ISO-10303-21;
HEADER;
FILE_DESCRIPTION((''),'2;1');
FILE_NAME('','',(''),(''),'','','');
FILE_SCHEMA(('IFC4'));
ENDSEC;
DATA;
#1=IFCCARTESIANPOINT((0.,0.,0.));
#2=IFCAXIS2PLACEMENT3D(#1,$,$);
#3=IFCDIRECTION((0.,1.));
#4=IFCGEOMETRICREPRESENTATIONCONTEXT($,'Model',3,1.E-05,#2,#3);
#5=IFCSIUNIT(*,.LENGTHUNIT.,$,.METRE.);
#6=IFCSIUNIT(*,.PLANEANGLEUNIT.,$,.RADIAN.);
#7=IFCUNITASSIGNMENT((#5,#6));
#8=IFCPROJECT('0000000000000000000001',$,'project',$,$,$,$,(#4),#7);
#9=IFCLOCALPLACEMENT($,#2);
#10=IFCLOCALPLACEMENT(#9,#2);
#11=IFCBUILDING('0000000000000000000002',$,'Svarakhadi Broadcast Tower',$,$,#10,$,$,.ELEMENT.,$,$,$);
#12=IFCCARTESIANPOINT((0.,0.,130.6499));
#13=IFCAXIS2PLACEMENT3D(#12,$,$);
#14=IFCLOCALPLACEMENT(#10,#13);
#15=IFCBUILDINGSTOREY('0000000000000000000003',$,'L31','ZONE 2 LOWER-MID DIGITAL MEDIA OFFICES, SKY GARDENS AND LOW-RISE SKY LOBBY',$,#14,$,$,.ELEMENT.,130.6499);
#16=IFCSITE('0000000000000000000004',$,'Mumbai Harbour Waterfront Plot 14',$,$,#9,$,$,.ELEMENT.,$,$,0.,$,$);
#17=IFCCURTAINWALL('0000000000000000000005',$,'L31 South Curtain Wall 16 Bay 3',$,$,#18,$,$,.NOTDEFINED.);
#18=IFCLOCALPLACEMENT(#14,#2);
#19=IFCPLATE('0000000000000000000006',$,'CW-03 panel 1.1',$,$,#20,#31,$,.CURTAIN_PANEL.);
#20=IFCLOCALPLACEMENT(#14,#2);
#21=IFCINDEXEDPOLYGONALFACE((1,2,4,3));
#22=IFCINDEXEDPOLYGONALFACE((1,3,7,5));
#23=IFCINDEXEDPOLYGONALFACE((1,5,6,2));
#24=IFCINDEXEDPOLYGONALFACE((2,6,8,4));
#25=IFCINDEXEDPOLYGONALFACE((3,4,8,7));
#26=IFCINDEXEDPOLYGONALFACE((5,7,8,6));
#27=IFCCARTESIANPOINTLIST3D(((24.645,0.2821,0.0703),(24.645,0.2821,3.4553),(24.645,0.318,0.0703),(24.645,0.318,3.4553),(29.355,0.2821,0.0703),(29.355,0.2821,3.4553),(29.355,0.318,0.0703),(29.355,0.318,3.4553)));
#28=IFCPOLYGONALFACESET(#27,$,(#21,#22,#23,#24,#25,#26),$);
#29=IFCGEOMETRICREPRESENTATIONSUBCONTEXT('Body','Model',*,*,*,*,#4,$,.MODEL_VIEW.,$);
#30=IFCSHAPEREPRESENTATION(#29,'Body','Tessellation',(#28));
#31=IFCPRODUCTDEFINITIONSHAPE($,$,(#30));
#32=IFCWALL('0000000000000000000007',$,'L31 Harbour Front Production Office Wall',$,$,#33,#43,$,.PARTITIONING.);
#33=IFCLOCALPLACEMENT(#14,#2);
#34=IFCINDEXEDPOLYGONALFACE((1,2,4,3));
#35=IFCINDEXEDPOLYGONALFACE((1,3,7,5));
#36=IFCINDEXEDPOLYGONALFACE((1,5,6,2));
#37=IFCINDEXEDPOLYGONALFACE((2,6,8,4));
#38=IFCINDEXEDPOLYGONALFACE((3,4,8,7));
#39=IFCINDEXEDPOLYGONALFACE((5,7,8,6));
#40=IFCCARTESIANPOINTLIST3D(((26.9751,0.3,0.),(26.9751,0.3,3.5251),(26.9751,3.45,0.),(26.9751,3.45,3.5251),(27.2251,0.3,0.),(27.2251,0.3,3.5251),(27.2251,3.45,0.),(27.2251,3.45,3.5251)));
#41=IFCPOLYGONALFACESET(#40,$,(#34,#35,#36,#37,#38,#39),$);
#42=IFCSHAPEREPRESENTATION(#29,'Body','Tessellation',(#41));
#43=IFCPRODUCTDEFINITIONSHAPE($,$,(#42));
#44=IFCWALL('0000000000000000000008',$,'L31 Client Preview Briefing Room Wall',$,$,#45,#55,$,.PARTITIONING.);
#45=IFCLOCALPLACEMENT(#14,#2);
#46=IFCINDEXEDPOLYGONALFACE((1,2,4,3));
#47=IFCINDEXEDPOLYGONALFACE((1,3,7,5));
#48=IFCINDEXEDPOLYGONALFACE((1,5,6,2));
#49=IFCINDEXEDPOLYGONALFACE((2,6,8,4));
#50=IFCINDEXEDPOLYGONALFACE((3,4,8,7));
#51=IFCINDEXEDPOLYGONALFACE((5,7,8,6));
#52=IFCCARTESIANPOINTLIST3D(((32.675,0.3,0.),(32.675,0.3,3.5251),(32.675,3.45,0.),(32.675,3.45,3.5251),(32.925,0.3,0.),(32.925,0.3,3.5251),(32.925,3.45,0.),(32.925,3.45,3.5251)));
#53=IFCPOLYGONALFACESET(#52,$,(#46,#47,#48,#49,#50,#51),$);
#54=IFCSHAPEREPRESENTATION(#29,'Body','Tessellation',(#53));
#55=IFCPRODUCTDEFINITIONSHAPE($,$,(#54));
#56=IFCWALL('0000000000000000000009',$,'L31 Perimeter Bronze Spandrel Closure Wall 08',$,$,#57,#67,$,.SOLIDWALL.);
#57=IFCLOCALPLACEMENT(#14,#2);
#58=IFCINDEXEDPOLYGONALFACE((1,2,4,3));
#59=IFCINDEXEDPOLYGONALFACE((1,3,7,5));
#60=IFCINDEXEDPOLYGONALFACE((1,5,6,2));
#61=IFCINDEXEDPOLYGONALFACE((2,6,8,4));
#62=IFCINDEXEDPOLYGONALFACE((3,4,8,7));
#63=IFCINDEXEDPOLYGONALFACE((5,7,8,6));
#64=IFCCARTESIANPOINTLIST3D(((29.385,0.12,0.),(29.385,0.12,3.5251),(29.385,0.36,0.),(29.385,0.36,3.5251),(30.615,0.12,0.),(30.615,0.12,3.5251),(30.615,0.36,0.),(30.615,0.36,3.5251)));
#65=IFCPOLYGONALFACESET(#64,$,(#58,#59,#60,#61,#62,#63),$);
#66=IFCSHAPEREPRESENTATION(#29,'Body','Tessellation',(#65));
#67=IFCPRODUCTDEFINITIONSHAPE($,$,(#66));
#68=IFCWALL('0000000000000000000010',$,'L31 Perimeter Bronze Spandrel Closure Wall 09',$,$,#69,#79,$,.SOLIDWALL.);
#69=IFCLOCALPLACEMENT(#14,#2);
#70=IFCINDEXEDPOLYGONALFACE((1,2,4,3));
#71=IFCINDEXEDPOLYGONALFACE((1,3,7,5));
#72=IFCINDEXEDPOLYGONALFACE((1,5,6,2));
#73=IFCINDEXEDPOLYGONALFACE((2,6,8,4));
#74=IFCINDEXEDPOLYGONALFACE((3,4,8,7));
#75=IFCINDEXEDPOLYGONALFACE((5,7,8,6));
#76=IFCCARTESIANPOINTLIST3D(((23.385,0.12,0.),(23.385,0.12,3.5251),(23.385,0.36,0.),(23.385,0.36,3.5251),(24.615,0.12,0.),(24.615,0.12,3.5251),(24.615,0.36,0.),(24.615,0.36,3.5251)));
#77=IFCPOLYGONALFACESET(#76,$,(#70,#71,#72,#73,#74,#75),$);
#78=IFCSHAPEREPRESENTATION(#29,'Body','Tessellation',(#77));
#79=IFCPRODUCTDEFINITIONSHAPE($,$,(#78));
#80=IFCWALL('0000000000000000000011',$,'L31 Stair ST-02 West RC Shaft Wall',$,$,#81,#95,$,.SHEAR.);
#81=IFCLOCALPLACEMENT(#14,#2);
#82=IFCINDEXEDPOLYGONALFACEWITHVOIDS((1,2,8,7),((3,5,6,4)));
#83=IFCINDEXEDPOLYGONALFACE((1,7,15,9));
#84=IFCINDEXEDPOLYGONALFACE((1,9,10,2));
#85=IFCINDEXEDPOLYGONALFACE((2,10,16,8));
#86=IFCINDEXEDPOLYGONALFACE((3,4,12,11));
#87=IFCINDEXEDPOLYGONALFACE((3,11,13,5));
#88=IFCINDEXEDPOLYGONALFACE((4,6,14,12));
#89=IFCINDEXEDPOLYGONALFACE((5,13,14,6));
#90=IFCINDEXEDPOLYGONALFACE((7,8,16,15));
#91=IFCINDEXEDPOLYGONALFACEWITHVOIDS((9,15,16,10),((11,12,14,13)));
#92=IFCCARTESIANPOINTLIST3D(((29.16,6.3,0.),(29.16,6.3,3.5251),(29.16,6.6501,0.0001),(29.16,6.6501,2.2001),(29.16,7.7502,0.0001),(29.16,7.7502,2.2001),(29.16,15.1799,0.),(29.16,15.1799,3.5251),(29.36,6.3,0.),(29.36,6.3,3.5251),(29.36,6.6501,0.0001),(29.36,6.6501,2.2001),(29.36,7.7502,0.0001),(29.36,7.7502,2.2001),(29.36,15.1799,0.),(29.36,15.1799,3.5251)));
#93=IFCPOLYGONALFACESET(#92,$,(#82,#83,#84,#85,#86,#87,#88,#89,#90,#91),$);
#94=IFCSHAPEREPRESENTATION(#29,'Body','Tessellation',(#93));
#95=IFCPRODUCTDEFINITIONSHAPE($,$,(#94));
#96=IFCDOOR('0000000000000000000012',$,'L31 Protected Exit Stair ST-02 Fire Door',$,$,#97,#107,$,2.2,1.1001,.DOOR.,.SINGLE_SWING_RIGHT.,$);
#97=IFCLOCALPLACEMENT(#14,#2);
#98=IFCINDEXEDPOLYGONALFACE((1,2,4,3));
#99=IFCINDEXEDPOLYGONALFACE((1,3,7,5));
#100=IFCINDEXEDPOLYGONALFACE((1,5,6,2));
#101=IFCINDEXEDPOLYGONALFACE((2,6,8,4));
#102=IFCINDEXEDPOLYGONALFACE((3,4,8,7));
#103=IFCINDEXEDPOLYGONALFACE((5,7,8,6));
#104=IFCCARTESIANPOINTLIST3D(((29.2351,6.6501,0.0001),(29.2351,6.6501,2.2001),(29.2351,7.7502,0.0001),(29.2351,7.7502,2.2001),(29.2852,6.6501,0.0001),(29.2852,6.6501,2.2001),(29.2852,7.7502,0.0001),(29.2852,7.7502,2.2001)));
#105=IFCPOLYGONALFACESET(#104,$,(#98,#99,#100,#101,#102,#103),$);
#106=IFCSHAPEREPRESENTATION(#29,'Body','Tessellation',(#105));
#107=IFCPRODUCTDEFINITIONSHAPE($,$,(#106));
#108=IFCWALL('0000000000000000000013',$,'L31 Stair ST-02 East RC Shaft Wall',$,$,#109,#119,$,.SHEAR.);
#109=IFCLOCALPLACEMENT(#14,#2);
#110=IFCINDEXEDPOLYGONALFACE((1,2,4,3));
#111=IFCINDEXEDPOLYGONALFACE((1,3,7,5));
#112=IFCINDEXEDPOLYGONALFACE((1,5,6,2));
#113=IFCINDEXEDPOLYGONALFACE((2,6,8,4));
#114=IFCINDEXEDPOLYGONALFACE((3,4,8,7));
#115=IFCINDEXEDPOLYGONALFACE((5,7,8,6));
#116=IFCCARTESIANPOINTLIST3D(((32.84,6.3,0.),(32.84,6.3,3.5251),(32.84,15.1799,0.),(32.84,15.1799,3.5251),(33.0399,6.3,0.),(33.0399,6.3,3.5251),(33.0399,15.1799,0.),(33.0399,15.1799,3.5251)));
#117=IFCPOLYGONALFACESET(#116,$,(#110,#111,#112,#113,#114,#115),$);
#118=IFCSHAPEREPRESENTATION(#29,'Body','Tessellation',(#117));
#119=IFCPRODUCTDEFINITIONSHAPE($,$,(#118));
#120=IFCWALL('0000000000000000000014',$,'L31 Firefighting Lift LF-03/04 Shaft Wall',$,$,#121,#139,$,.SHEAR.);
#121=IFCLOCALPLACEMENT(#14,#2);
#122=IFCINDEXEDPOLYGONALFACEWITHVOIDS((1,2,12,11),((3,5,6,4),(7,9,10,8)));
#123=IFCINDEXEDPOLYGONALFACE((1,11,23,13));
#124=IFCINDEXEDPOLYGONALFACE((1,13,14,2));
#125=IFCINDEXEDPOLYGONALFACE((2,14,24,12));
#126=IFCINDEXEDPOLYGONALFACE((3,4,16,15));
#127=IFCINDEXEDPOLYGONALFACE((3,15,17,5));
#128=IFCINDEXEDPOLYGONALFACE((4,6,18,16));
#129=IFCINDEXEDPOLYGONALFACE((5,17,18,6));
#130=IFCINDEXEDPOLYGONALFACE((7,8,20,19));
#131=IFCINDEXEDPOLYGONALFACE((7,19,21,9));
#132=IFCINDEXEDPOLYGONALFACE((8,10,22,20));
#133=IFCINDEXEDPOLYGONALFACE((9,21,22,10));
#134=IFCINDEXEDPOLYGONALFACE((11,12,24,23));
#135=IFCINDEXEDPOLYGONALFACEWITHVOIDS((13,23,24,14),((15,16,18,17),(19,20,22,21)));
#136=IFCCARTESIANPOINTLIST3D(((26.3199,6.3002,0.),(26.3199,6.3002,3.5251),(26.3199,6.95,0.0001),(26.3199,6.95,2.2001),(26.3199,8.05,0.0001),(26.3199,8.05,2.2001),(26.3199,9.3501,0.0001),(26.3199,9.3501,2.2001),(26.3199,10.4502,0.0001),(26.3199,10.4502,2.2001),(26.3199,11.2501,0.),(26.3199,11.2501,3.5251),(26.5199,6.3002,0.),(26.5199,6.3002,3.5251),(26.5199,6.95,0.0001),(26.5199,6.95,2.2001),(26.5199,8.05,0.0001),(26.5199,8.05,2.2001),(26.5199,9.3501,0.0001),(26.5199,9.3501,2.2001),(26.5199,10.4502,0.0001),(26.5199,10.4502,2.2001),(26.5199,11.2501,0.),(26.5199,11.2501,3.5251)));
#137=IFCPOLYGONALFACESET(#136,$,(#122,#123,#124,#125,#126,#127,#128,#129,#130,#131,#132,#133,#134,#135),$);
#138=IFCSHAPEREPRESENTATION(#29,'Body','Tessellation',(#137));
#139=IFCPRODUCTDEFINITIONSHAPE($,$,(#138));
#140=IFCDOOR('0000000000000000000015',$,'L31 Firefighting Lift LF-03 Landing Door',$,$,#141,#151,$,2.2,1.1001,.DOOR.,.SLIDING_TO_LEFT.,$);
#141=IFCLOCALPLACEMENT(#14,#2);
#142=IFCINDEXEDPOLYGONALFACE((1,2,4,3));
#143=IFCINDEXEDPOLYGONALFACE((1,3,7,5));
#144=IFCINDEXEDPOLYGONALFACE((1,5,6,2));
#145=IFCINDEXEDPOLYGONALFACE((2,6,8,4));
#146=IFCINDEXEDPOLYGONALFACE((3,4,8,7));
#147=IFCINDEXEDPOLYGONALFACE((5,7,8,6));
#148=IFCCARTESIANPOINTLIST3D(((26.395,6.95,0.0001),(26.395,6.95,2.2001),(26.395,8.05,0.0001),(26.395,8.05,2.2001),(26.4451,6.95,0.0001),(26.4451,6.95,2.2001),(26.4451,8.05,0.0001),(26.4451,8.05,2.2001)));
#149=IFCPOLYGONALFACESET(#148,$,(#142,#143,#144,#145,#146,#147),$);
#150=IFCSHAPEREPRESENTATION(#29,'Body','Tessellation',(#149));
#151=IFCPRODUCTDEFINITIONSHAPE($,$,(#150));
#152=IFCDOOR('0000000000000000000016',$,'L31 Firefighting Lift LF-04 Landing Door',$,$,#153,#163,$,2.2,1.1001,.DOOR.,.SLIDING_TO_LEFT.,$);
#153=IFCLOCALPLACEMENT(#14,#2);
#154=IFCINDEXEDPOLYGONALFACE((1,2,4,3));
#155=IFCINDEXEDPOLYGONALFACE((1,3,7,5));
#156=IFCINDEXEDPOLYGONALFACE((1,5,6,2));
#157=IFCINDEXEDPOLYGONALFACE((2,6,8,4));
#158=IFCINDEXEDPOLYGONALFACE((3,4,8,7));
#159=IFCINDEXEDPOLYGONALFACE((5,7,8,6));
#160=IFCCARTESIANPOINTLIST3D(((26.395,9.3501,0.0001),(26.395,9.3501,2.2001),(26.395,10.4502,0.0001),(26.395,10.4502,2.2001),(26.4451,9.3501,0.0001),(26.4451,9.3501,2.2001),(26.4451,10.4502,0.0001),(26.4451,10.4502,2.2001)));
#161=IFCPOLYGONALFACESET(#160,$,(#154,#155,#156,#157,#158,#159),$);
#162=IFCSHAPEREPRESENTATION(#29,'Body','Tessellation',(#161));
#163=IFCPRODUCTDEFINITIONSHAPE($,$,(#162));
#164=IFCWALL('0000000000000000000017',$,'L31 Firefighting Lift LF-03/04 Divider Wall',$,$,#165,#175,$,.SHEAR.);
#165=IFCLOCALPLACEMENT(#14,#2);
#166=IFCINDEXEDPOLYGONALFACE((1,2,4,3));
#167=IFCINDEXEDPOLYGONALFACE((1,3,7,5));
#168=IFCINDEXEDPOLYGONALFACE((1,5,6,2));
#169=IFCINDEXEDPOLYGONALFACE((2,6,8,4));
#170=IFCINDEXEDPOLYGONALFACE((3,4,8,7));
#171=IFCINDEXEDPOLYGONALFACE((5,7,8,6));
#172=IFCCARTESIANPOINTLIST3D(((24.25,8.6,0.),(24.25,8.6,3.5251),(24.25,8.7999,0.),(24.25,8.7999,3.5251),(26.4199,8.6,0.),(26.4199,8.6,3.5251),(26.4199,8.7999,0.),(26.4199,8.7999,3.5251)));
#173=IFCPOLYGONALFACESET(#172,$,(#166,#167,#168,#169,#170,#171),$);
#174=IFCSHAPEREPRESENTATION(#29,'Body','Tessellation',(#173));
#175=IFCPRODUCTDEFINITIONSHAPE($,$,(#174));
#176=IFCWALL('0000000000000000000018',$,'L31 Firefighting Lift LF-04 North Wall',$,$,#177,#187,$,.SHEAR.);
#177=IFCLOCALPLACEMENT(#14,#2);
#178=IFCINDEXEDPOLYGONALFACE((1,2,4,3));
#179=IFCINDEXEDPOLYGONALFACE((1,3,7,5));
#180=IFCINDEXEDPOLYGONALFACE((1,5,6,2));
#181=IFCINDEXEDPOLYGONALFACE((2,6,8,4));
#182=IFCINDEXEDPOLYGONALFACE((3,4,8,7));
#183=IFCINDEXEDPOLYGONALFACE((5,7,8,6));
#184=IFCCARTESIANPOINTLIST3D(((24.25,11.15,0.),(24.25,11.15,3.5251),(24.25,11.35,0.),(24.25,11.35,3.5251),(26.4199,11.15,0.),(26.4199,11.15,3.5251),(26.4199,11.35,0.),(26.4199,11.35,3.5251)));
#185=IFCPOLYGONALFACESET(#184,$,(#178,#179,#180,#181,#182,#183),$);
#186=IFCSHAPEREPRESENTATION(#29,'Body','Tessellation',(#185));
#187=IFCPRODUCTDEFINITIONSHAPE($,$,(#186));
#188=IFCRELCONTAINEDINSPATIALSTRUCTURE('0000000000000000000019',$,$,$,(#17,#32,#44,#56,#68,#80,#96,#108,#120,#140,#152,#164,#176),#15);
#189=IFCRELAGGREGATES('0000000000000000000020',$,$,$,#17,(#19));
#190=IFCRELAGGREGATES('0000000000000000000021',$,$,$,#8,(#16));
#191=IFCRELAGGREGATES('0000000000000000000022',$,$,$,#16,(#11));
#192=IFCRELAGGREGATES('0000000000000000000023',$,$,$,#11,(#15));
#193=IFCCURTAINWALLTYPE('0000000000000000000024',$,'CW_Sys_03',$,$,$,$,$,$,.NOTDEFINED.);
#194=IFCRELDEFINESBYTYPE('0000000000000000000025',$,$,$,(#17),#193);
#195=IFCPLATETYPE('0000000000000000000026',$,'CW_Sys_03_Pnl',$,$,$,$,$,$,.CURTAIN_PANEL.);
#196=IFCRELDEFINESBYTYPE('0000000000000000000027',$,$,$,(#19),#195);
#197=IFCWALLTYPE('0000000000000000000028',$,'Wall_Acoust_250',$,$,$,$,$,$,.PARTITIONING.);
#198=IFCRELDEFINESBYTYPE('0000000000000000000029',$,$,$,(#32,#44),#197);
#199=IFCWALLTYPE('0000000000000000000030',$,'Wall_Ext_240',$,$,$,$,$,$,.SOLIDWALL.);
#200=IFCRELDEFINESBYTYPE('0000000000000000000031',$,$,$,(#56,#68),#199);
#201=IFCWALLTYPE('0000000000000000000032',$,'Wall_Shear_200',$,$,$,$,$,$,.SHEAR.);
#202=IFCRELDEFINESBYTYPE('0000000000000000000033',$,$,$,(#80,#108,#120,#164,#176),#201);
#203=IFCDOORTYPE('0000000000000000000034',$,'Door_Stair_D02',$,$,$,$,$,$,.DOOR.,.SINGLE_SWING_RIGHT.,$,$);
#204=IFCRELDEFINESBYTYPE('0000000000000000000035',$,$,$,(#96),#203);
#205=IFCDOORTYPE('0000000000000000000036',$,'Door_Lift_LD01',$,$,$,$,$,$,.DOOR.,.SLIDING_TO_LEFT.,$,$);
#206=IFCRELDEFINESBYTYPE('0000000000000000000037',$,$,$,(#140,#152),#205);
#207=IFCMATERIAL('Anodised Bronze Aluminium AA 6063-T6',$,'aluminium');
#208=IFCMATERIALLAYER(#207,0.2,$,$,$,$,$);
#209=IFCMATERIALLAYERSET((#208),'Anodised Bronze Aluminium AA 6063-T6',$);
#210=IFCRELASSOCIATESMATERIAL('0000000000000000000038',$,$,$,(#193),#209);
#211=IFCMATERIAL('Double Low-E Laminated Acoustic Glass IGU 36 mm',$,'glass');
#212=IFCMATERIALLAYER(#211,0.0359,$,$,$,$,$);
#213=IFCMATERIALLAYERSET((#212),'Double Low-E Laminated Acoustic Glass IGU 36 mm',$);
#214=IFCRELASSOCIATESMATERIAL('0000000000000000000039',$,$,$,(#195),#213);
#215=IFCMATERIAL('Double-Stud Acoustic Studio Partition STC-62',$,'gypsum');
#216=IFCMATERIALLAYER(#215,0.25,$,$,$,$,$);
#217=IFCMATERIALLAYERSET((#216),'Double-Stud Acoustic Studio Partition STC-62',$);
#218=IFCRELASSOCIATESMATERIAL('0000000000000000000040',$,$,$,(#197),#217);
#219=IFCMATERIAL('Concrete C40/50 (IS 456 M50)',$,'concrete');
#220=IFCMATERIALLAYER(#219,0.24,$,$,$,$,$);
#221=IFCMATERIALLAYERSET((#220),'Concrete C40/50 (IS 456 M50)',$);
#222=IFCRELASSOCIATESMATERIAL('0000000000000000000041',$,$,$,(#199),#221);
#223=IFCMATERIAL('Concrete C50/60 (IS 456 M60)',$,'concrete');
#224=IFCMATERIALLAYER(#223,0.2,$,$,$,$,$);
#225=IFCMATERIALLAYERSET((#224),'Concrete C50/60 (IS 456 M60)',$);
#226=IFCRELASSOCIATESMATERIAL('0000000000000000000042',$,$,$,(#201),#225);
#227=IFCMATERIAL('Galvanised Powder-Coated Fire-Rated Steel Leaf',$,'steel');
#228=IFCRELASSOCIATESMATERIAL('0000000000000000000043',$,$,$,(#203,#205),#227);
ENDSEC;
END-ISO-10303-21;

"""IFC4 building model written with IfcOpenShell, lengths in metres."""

from ifc_helpers import new_model, si_unit, direction, frame, frame_2d, origin, origin_2d, place, context, subcontext, project, spatial, rectangle, extrude, material, layer, layer_set, type_object, element, fill, aggregate, save


model = new_model("IFC4")

# Units and contexts
model_context = context("Model", 3, precision=1e-05, world=origin(), true_north=direction((0.0, 1.0)))
body_context = subcontext(model_context, "Body", "Model", "MODEL_VIEW")
ifc_project = project(units=[si_unit("LENGTHUNIT", "METRE"), si_unit("PLANEANGLEUNIT", "RADIAN")], contexts=[model_context])

# Site, building, storey
site_placement = place(None, origin())
site = spatial("IfcSite", under=ifc_project, at=site_placement, Name="Mumbai Harbour Waterfront Plot 14", CompositionType="ELEMENT", RefElevation=0.0)
building_placement = place(site_placement, origin())
building = spatial("IfcBuilding", under=site, at=building_placement, Name="Svarakhadi Broadcast Tower", CompositionType="ELEMENT")
storey_placement = place(building_placement, frame((0.0, 0.0, 130.6499)))
storey = spatial("IfcBuildingStorey", under=building, at=storey_placement, Name="L31", Description="ZONE 2 LOWER-MID DIGITAL MEDIA OFFICES, SKY GARDENS AND LOW-RISE SKY LOBBY", CompositionType="ELEMENT", Elevation=130.6499)

# Shared definitions
ifc_material_1 = material(Name="Concrete C50/60 (IS 456 M60)", Category="concrete")

# Shared definitions
ifc_material_2 = material(Name="Anodised Bronze Aluminium AA 6063-T6", Category="aluminium")
ifc_layer_1 = layer(ifc_material_2, 0.2)
ifc_layer_set_1 = layer_set([ifc_layer_1], Name="Anodised Bronze Aluminium AA 6063-T6")
curtain_wall_type = type_object("IfcCurtainWallType", Name="CW_Sys_03", PredefinedType="NOTDEFINED", material=ifc_layer_set_1)

# Curtain wall
curtain_wall_1_placement = place(storey_placement, origin())
curtain_wall_1 = element("IfcCurtainWall", 1, at=curtain_wall_1_placement, inside=storey, type_object=curtain_wall_type, Name="L31 South Curtain Wall 16 Bay 3", PredefinedType="NOTDEFINED")

# Plate
ifc_material_3 = material(Name="Double Low-E Laminated Acoustic Glass IGU 36 mm", Category="glass")
ifc_layer_2 = layer(ifc_material_3, 0.0359)
ifc_layer_set_2 = layer_set([ifc_layer_2], Name="Double Low-E Laminated Acoustic Glass IGU 36 mm")
plate_type = type_object("IfcPlateType", Name="CW_Sys_03_Pnl", PredefinedType="CURTAIN_PANEL", material=ifc_layer_set_2)
plate_1_placement = place(storey_placement, frame((27.0, 0.3, 0.0703), z_axis=(0.0, 0.0, 1.0), x_axis=(-1.0, 0.0, 0.0)))
plate_1 = element("IfcPlate", 2, at=plate_1_placement, type_object=plate_type, Name="CW-03 panel 1.1", PredefinedType="CURTAIN_PANEL", context=body_context, shape_type="SweptSolid", body=[
    extrude(rectangle(XDim=4.71, YDim=0.0359, at=origin_2d()), origin(), (0.0, 0.0, 1.0), 3.385),
])
aggregate(curtain_wall_1, [plate_1])

# Walls
ifc_material_4 = material(Name="Double-Stud Acoustic Studio Partition STC-62", Category="gypsum")
ifc_layer_3 = layer(ifc_material_4, 0.25)
ifc_layer_set_3 = layer_set([ifc_layer_3], Name="Double-Stud Acoustic Studio Partition STC-62")
wall_type_1 = type_object("IfcWallType", Name="Wall_Acoust_250", PredefinedType="PARTITIONING", material=ifc_layer_set_3)
for number, where, z_axis, x_axis, name in (
    (3, (27.1001, 0.3, 0.0), (0.0, 0.0, 1.0), (0.0, 1.0, 0.0), "L31 Harbour Front Production Office Wall"),
    (4, (32.8, 0.3, 0.0), (0.0, 0.0, 1.0), (0.0, 1.0, 0.0), "L31 Client Preview Briefing Room Wall"),
):
    element("IfcWall", number, at=place(storey_placement, frame(where, z_axis=z_axis, x_axis=x_axis)), inside=storey, type_object=wall_type_1, Name=name, PredefinedType="PARTITIONING", context=body_context, shape_type="SweptSolid", body=[
        extrude(rectangle(XDim=3.1499, YDim=0.25, at=frame_2d((1.575, 0.0))), origin(), (0.0, 0.0, 1.0), 3.5251),
    ])
ifc_material_5 = material(Name="Concrete C40/50 (IS 456 M50)", Category="concrete")
ifc_layer_4 = layer(ifc_material_5, 0.24)
ifc_layer_set_4 = layer_set([ifc_layer_4], Name="Concrete C40/50 (IS 456 M50)")
wall_type_2 = type_object("IfcWallType", Name="Wall_Ext_240", PredefinedType="SOLIDWALL", material=ifc_layer_set_4)
for number, where, z_axis, x_axis, name in (
    (5, (30.615, 0.24, 0.0), (0.0, 0.0, 1.0), (-1.0, 0.0, 0.0), "L31 Perimeter Bronze Spandrel Closure Wall 08"),
    (6, (24.615, 0.24, 0.0), (0.0, 0.0, 1.0), (-1.0, 0.0, 0.0), "L31 Perimeter Bronze Spandrel Closure Wall 09"),
):
    element("IfcWall", number, at=place(storey_placement, frame(where, z_axis=z_axis, x_axis=x_axis)), inside=storey, type_object=wall_type_2, Name=name, PredefinedType="SOLIDWALL", context=body_context, shape_type="SweptSolid", body=[
        extrude(rectangle(XDim=1.23, YDim=0.24, at=frame_2d((0.615, 0.0))), origin(), (0.0, 0.0, 1.0), 3.5251),
    ])

# Wall, opening, door
ifc_layer_5 = layer(ifc_material_1, 0.2)
ifc_layer_set_5 = layer_set([ifc_layer_5], Name="Concrete C50/60 (IS 456 M60)")
wall_type_3 = type_object("IfcWallType", Name="Wall_Shear_200", PredefinedType="SHEAR", material=ifc_layer_set_5)
wall_1_placement = place(storey_placement, frame((29.26, 6.3, 0.0), z_axis=(0.0, 0.0, 1.0), x_axis=(0.0, 1.0, 0.0)))
wall_1 = element("IfcWall", 7, at=wall_1_placement, inside=storey, type_object=wall_type_3, Name="L31 Stair ST-02 West RC Shaft Wall", PredefinedType="SHEAR", context=body_context, shape_type="SweptSolid", body=[
    extrude(rectangle(XDim=8.8799, YDim=0.2, at=frame_2d((4.4399, 0.0))), origin(), (0.0, 0.0, 1.0), 3.5251),
])
opening_1_placement = place(wall_1_placement, frame((0.3501, 0.0, 0.0)))
opening_1 = element("IfcOpeningElement", 8, at=opening_1_placement, cuts=wall_1, PredefinedType="OPENING", context=body_context, shape_type="SweptSolid", body=[
    extrude(rectangle(XDim=1.1001, YDim=2.2, at=frame_2d((0.55, 1.1001))), frame((0.0, 0.1099, 0.0), z_axis=(0.0, -1.0, 0.0), x_axis=(1.0, 0.0, 0.0)), (0.0, 0.0, 1.0), 0.22),
])
ifc_material_6 = material(Name="Galvanised Powder-Coated Fire-Rated Steel Leaf", Category="steel")
door_type_1 = type_object("IfcDoorType", Name="Door_Stair_D02", OperationType="SINGLE_SWING_RIGHT", PredefinedType="DOOR", material=ifc_material_6)
door_1_placement = place(opening_1_placement, origin())
door_1 = element("IfcDoor", 9, at=door_1_placement, inside=storey, type_object=door_type_1, Name="L31 Protected Exit Stair ST-02 Fire Door", OperationType="SINGLE_SWING_RIGHT", OverallHeight=2.2, OverallWidth=1.1001, PredefinedType="DOOR", context=body_context, shape_type="SweptSolid", body=[
    extrude(rectangle(XDim=1.1001, YDim=2.2, at=frame_2d((0.55, 1.1001))), frame((0.0, 0.0249, 0.0), z_axis=(0.0, -1.0, 0.0), x_axis=(1.0, 0.0, 0.0)), (0.0, 0.0, 1.0), 0.05),
])
fill(opening_1, door_1)

# Wall
wall_2_placement = place(storey_placement, frame((32.9399, 6.3, 0.0), z_axis=(0.0, 0.0, 1.0), x_axis=(0.0, 1.0, 0.0)))
element("IfcWall", 10, at=wall_2_placement, inside=storey, type_object=wall_type_3, Name="L31 Stair ST-02 East RC Shaft Wall", PredefinedType="SHEAR", context=body_context, shape_type="SweptSolid", body=[
    extrude(rectangle(XDim=8.8799, YDim=0.2, at=frame_2d((4.4399, 0.0))), origin(), (0.0, 0.0, 1.0), 3.5251),
])

# Wall, openings, doors
wall_3_placement = place(storey_placement, frame((26.4199, 6.3, 0.0), z_axis=(0.0, 0.0, 1.0), x_axis=(0.0, 1.0, 0.0)))
wall_3 = element("IfcWall", 11, at=wall_3_placement, inside=storey, type_object=wall_type_3, Name="L31 Firefighting Lift LF-03/04 Shaft Wall", PredefinedType="SHEAR", context=body_context, shape_type="SweptSolid", body=[
    extrude(rectangle(XDim=4.95, YDim=0.2, at=frame_2d((2.4751, 0.0))), origin(), (0.0, 0.0, 1.0), 3.5251),
])
opening_2_placement = place(wall_3_placement, frame((0.6499, 0.0, 0.0)))
opening_2 = element("IfcOpeningElement", 12, at=opening_2_placement, cuts=wall_3, PredefinedType="OPENING", context=body_context, shape_type="SweptSolid", body=[
    extrude(rectangle(XDim=1.1001, YDim=2.2, at=frame_2d((0.55, 1.1001))), frame((0.0, 0.1099, 0.0), z_axis=(0.0, -1.0, 0.0), x_axis=(1.0, 0.0, 0.0)), (0.0, 0.0, 1.0), 0.22),
])
opening_3_placement = place(wall_3_placement, frame((3.05, 0.0, 0.0)))
opening_3 = element("IfcOpeningElement", 13, at=opening_3_placement, cuts=wall_3, PredefinedType="OPENING", context=body_context, shape_type="SweptSolid", body=[
    extrude(rectangle(XDim=1.1001, YDim=2.2, at=frame_2d((0.55, 1.1001))), frame((0.0, 0.1099, 0.0), z_axis=(0.0, -1.0, 0.0), x_axis=(1.0, 0.0, 0.0)), (0.0, 0.0, 1.0), 0.22),
])
door_type_2 = type_object("IfcDoorType", Name="Door_Lift_LD01", OperationType="SLIDING_TO_LEFT", PredefinedType="DOOR", material=ifc_material_6)
door_2_placement = place(opening_2_placement, origin())
door_2 = element("IfcDoor", 14, at=door_2_placement, inside=storey, type_object=door_type_2, Name="L31 Firefighting Lift LF-03 Landing Door", OperationType="SLIDING_TO_LEFT", OverallHeight=2.2, OverallWidth=1.1001, PredefinedType="DOOR", context=body_context, shape_type="SweptSolid", body=[
    extrude(rectangle(XDim=1.1001, YDim=2.2, at=frame_2d((0.55, 1.1001))), frame((0.0, 0.0249, 0.0), z_axis=(0.0, -1.0, 0.0), x_axis=(1.0, 0.0, 0.0)), (0.0, 0.0, 1.0), 0.05),
])
fill(opening_2, door_2)
door_3_placement = place(opening_3_placement, origin())
door_3 = element("IfcDoor", 15, at=door_3_placement, inside=storey, type_object=door_type_2, Name="L31 Firefighting Lift LF-04 Landing Door", OperationType="SLIDING_TO_LEFT", OverallHeight=2.2, OverallWidth=1.1001, PredefinedType="DOOR", context=body_context, shape_type="SweptSolid", body=[
    extrude(rectangle(XDim=1.1001, YDim=2.2, at=frame_2d((0.55, 1.1001))), frame((0.0, 0.0249, 0.0), z_axis=(0.0, -1.0, 0.0), x_axis=(1.0, 0.0, 0.0)), (0.0, 0.0, 1.0), 0.05),
])
fill(opening_3, door_3)

# Walls
for number, where, z_axis, x_axis, name in (
    (16, (24.25, 8.7, 0.0), (0.0, 0.0, 1.0), (1.0, 0.0, 0.0), "L31 Firefighting Lift LF-03/04 Divider Wall"),
    (17, (24.25, 11.25, 0.0), (0.0, 0.0, 1.0), (1.0, 0.0, 0.0), "L31 Firefighting Lift LF-04 North Wall"),
):
    element("IfcWall", number, at=place(storey_placement, frame(where, z_axis=z_axis, x_axis=x_axis)), inside=storey, type_object=wall_type_3, Name=name, PredefinedType="SHEAR", context=body_context, shape_type="SweptSolid", body=[
        extrude(rectangle(XDim=2.1699, YDim=0.2, at=frame_2d((1.085, 0.0))), origin(), (0.0, 0.0, 1.0), 3.5251),
    ])

save(model, "model.ifc")
